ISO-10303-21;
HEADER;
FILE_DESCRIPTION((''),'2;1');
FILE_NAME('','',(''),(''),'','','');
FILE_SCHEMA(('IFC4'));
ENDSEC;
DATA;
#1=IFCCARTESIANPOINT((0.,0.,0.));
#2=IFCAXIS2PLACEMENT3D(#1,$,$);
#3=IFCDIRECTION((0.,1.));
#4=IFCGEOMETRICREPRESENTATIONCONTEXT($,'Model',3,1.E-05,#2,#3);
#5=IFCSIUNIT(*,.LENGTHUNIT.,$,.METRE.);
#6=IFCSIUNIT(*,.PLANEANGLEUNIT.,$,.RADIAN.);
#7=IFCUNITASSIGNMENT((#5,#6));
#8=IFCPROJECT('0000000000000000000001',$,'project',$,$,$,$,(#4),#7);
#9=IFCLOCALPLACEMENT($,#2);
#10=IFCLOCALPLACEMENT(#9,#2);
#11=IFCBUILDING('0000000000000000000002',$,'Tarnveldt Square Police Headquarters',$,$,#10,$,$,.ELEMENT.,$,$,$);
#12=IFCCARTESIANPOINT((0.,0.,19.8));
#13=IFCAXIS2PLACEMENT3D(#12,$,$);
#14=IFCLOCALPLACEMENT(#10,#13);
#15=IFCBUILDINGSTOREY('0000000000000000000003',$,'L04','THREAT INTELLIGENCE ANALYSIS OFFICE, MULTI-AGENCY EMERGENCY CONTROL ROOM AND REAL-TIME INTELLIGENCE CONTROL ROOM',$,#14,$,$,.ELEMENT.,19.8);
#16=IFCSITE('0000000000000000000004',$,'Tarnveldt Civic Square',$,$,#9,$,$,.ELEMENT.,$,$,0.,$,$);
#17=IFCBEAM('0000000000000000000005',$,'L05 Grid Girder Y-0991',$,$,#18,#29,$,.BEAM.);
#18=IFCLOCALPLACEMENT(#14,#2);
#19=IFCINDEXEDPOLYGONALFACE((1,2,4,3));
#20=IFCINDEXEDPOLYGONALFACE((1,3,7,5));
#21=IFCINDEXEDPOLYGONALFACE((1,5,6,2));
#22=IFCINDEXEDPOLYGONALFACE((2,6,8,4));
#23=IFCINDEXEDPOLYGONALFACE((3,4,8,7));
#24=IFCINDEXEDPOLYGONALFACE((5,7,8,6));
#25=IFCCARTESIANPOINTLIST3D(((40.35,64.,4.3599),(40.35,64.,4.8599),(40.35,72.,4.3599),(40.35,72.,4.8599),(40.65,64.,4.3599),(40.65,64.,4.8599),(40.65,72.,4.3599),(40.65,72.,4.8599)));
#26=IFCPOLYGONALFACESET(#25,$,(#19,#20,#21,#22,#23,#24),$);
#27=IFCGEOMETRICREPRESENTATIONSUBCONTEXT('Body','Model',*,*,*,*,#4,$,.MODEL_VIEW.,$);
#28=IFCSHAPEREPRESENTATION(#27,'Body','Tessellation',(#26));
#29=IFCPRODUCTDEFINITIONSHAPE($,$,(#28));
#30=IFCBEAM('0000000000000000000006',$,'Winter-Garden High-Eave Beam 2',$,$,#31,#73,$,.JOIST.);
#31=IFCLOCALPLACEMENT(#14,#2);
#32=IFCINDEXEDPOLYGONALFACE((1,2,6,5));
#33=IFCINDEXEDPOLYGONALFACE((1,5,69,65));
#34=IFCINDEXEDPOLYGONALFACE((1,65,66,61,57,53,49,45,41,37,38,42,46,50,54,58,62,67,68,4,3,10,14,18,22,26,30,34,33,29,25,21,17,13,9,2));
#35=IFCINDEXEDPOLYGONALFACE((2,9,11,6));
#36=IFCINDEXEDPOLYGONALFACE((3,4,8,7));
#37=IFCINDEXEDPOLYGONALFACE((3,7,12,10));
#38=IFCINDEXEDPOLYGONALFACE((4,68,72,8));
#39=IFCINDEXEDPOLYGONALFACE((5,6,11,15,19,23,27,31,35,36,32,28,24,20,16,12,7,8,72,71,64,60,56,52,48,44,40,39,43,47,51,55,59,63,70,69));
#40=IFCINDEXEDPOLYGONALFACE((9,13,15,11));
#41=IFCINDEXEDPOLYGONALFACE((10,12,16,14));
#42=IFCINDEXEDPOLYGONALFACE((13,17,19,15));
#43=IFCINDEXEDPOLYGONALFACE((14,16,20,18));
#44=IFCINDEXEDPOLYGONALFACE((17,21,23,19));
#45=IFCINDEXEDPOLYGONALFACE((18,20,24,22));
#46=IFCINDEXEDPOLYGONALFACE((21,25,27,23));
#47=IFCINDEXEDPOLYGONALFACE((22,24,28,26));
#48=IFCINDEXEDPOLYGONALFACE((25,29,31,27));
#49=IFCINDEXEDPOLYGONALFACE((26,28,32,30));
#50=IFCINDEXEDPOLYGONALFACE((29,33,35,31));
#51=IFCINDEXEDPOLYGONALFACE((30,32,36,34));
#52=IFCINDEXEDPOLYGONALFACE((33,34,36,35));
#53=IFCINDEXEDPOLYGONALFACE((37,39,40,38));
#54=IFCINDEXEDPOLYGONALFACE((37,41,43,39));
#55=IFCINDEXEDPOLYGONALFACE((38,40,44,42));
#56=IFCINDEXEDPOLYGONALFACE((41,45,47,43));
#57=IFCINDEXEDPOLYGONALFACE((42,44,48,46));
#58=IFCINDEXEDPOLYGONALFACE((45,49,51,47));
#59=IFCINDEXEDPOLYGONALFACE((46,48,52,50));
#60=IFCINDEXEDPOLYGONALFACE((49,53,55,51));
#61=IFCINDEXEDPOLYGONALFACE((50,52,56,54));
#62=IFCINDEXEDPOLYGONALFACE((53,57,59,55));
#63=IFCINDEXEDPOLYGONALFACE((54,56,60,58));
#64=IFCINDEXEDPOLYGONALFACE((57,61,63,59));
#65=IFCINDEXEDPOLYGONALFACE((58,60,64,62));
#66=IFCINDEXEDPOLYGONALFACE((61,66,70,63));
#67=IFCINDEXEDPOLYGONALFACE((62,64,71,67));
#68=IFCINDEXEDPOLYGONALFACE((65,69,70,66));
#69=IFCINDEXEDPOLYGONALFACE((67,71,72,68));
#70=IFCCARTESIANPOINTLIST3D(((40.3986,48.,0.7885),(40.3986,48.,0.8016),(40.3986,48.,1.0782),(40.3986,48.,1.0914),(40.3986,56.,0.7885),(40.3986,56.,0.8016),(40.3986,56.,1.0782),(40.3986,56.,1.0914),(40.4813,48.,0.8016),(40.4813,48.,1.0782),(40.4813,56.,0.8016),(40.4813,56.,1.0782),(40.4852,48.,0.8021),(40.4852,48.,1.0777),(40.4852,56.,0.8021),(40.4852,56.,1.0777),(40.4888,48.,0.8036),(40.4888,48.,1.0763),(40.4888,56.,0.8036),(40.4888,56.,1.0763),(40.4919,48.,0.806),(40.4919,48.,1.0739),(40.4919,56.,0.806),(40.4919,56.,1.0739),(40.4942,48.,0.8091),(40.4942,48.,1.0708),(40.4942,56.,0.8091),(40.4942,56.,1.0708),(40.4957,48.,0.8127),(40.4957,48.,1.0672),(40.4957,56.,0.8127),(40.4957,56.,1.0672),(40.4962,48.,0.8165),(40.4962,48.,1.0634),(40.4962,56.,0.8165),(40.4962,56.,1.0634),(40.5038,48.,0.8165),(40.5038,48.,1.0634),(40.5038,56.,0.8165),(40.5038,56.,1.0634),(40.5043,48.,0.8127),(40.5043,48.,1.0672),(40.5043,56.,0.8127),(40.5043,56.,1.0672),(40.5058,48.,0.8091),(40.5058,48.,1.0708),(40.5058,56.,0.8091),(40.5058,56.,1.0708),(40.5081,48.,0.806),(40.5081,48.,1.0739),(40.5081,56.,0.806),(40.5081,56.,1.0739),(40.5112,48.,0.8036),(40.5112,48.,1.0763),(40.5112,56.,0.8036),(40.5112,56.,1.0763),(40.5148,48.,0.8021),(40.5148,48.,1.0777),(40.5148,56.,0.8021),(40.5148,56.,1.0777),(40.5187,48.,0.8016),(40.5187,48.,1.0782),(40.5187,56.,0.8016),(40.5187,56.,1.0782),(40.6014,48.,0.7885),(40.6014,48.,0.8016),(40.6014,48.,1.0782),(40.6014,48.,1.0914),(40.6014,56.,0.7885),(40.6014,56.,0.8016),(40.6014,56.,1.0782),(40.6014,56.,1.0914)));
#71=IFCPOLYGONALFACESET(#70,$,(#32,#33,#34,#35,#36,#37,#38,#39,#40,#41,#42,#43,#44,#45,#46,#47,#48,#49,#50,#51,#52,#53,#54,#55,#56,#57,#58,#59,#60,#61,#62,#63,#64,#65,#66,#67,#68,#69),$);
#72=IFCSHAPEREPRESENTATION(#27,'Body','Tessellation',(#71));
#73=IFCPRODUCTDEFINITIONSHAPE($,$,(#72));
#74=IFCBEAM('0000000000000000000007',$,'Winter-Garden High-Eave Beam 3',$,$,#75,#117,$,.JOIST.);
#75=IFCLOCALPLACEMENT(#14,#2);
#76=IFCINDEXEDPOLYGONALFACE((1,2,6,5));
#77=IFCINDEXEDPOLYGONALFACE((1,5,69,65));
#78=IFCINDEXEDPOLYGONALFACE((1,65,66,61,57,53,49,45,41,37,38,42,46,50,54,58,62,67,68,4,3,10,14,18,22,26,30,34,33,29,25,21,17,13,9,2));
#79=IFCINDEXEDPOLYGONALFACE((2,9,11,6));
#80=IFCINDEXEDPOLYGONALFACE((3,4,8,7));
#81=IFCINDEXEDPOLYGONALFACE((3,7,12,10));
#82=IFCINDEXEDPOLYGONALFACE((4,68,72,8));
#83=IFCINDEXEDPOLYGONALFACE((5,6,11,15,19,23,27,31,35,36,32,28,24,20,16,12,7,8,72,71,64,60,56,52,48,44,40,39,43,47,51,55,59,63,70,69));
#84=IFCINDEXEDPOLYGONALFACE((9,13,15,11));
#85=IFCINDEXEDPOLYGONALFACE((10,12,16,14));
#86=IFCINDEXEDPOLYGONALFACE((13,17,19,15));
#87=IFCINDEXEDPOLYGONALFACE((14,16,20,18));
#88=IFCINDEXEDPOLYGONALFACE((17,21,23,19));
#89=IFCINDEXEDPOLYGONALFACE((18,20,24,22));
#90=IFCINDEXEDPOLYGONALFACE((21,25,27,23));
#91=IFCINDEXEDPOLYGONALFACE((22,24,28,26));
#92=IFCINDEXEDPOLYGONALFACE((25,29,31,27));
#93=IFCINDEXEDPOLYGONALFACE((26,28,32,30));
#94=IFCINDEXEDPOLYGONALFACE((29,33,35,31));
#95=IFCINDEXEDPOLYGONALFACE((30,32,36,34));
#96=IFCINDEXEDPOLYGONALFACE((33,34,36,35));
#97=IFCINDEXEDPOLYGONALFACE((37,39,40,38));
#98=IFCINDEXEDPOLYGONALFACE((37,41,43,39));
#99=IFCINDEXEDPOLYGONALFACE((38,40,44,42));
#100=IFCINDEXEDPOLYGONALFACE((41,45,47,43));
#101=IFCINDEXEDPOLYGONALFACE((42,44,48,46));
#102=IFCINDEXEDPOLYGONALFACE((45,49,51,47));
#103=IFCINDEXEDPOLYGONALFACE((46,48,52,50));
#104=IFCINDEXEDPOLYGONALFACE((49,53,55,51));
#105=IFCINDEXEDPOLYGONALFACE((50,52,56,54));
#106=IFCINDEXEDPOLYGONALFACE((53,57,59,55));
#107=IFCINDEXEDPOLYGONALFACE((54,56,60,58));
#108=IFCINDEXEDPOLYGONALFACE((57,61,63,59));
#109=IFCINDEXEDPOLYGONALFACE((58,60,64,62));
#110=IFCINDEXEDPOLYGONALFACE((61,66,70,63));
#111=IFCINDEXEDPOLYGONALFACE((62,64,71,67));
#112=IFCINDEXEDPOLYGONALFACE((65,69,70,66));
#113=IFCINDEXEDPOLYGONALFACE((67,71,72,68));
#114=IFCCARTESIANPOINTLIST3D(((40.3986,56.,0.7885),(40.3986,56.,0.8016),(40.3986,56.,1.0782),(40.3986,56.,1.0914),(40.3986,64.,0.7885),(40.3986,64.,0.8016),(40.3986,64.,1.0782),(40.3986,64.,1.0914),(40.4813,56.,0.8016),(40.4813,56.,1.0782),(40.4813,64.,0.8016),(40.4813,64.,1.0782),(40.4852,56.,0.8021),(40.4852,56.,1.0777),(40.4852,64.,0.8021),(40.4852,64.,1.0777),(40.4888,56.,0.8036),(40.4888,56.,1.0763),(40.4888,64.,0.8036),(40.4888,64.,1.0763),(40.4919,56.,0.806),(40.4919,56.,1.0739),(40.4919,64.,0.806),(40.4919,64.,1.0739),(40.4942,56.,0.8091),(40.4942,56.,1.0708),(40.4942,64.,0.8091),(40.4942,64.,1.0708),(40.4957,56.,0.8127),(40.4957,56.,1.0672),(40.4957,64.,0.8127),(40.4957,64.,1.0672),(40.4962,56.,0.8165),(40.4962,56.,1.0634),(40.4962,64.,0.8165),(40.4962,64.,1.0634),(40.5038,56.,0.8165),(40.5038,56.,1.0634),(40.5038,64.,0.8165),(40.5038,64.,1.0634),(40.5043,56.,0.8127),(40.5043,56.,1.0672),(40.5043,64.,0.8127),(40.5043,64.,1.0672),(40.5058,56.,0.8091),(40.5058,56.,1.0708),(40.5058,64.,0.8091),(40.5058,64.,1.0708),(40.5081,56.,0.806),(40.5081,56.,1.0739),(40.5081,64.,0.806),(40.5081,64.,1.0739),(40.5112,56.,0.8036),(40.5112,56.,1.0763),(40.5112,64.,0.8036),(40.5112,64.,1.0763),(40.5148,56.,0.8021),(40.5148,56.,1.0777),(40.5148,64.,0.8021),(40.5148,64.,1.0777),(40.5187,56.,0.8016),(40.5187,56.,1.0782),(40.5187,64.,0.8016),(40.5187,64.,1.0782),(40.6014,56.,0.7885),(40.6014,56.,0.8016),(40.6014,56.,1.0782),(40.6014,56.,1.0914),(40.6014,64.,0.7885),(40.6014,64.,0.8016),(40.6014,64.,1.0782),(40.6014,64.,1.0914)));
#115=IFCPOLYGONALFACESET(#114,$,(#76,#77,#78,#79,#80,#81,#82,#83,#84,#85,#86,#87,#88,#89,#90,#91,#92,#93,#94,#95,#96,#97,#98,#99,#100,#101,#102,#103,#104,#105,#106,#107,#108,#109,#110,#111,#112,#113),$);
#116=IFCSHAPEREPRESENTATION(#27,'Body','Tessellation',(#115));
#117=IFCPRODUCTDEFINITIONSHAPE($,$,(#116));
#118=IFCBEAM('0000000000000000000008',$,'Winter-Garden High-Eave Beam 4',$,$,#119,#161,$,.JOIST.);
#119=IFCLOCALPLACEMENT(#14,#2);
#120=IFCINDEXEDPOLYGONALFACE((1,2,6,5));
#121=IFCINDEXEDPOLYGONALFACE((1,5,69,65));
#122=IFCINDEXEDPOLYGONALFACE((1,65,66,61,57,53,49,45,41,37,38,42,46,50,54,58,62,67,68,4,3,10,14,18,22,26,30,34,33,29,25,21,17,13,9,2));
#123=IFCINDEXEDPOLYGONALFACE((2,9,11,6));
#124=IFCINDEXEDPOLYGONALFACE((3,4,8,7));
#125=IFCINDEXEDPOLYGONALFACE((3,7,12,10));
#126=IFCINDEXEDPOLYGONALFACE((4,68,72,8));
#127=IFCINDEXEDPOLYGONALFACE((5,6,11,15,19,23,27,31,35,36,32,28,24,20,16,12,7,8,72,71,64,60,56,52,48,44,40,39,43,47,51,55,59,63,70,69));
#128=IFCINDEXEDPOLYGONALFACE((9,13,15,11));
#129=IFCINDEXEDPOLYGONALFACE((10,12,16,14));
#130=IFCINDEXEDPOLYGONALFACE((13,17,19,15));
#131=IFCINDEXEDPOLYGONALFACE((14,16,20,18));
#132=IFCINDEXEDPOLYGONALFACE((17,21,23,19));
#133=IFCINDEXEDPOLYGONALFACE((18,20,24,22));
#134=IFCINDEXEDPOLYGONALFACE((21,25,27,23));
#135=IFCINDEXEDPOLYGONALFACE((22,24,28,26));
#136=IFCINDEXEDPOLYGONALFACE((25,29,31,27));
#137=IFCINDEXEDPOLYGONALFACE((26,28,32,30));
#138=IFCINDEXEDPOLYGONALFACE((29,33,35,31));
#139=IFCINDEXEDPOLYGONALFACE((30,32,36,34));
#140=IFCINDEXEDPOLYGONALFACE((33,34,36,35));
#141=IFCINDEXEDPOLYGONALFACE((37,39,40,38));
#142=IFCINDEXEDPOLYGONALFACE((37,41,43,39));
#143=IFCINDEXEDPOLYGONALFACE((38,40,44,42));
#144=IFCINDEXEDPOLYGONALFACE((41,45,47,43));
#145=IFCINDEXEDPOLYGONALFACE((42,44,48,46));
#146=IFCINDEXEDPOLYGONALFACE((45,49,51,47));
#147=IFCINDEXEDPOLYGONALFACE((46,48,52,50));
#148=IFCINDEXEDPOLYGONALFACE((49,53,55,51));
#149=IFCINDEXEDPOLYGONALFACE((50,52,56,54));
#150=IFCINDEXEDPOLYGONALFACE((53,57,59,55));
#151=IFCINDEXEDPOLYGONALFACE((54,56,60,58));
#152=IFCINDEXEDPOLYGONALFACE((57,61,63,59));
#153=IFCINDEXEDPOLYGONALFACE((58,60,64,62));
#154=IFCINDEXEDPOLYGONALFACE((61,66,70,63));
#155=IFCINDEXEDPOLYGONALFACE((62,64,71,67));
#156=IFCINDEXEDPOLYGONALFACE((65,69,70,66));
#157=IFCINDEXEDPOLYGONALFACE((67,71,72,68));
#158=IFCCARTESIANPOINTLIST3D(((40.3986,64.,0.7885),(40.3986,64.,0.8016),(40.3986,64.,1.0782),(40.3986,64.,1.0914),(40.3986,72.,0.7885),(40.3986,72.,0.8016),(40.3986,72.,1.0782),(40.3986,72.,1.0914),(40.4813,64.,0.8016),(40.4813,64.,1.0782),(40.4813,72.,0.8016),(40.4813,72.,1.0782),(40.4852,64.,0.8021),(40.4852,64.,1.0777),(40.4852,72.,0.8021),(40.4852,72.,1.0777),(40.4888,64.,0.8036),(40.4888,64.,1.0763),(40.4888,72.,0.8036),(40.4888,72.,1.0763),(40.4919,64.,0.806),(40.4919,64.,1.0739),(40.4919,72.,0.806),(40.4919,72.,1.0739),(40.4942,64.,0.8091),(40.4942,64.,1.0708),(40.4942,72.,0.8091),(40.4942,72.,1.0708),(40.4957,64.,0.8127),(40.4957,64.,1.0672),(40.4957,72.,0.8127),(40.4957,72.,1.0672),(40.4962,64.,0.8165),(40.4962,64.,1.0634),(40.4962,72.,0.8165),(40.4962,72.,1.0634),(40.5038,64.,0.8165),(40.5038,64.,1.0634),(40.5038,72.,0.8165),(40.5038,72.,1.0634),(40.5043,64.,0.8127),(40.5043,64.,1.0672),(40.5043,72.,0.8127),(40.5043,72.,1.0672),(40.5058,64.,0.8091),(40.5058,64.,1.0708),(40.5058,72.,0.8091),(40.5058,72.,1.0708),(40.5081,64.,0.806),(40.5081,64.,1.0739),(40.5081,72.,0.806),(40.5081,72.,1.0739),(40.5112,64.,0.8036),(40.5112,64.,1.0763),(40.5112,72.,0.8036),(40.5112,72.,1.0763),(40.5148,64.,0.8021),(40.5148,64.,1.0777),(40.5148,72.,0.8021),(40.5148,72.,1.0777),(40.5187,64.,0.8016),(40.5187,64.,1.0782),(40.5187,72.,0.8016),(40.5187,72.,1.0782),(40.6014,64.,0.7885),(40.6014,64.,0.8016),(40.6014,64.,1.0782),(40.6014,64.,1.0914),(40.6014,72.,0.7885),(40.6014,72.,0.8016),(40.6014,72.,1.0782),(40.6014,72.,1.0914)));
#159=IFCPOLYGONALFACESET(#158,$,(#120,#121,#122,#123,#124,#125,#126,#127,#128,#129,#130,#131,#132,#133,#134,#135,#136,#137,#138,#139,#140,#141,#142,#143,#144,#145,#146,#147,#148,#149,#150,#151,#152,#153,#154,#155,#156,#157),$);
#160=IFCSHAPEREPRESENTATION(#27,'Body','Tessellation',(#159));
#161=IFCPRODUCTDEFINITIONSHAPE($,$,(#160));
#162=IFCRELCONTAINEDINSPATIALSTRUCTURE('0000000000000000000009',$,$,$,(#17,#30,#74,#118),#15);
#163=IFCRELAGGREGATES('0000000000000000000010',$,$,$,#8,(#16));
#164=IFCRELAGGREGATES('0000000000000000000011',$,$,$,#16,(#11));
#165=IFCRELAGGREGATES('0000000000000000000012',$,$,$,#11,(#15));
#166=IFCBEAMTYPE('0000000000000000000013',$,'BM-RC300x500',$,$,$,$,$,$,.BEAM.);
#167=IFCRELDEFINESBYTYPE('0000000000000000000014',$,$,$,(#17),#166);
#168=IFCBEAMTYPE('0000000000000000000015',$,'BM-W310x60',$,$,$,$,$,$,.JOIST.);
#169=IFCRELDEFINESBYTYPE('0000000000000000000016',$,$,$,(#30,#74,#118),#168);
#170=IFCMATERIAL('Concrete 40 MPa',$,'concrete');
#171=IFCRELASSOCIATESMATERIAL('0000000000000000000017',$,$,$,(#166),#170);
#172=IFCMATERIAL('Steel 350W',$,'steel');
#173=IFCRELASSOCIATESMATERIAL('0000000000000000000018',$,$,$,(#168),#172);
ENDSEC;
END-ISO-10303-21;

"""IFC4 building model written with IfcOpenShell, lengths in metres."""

from ifc_helpers import new_model, si_unit, direction, frame, origin, origin_2d, place, context, subcontext, project, spatial, rectangle, i_section, extrude, material, material_profile, profile_set, type_object, element, save


model = new_model("IFC4")

# Units and contexts
model_context = context("Model", 3, precision=1e-05, world=origin(), true_north=direction((0.0, 1.0)))
body_context = subcontext(model_context, "Body", "Model", "MODEL_VIEW")
ifc_project = project(units=[si_unit("LENGTHUNIT", "METRE"), si_unit("PLANEANGLEUNIT", "RADIAN")], contexts=[model_context])

# Site, building, storey
site_placement = place(None, origin())
site = spatial("IfcSite", under=ifc_project, at=site_placement, Name="Tarnveldt Civic Square", CompositionType="ELEMENT", RefElevation=0.0)
building_placement = place(site_placement, origin())
building = spatial("IfcBuilding", under=site, at=building_placement, Name="Tarnveldt Square Police Headquarters", CompositionType="ELEMENT")
storey_placement = place(building_placement, frame((0.0, 0.0, 19.8)))
storey = spatial("IfcBuildingStorey", under=building, at=storey_placement, Name="L04", Description="THREAT INTELLIGENCE ANALYSIS OFFICE, MULTI-AGENCY EMERGENCY CONTROL ROOM AND REAL-TIME INTELLIGENCE CONTROL ROOM", CompositionType="ELEMENT", Elevation=19.8)

# Shared definitions
ifc_material_1 = material(Name="Steel 350W", Category="steel")

# Beams
ifc_material_2 = material(Name="Concrete 40 MPa", Category="concrete")
ifc_material_profile_1 = material_profile(ifc_material_2, rectangle(XDim=0.3, YDim=0.5, at=origin_2d()), Name="RC-B300x500")
ifc_profile_set_1 = profile_set([ifc_material_profile_1], Name="Concrete 40 MPa")
beam_type_1 = type_object("IfcBeamType", Name="BM-RC300x500", PredefinedType="BEAM", material=ifc_profile_set_1)
beam_1_placement = place(storey_placement, frame((40.5, 64.0, 4.6099), z_axis=(0.0, 1.0, 0.0), x_axis=(-1.0, 0.0, 0.0)))
element("IfcBeam", 1, at=beam_1_placement, inside=storey, type_object=beam_type_1, Name="L05 Grid Girder Y-0991", PredefinedType="BEAM", context=body_context, shape_type="SweptSolid", body=[
    extrude(rectangle(XDim=0.3, YDim=0.5, at=origin_2d()), origin(), (0.0, 0.0, 1.0), 8.0),
])
ifc_material_profile_2 = material_profile(ifc_material_1, i_section(OverallWidth=0.2029, OverallDepth=0.303, WebThickness=0.0076, FlangeThickness=0.0132, FilletRadius=0.0149, at=origin_2d()), Name="W310x60")
ifc_profile_set_2 = profile_set([ifc_material_profile_2], Name="Steel 350W")
beam_type_2 = type_object("IfcBeamType", Name="BM-W310x60", PredefinedType="JOIST", material=ifc_profile_set_2)
for number, where, z_axis, x_axis, name in (
    (2, (40.5, 48.0, 0.9399), (0.0, 1.0, 0.0), (-1.0, 0.0, 0.0), "Winter-Garden High-Eave Beam 2"),
    (3, (40.5, 56.0, 0.9399), (0.0, 1.0, 0.0), (-1.0, 0.0, 0.0), "Winter-Garden High-Eave Beam 3"),
    (4, (40.5, 64.0, 0.9399), (0.0, 1.0, 0.0), (-1.0, 0.0, 0.0), "Winter-Garden High-Eave Beam 4"),
):
    element("IfcBeam", number, at=place(storey_placement, frame(where, z_axis=z_axis, x_axis=x_axis)), inside=storey, type_object=beam_type_2, Name=name, PredefinedType="JOIST", context=body_context, shape_type="SweptSolid", body=[
        extrude(i_section(OverallWidth=0.2029, OverallDepth=0.303, WebThickness=0.0076, FlangeThickness=0.0132, FilletRadius=0.0149, at=origin_2d()), origin(), (0.0, 0.0, 1.0), 8.0),
    ])

save(model, "model.ifc")
